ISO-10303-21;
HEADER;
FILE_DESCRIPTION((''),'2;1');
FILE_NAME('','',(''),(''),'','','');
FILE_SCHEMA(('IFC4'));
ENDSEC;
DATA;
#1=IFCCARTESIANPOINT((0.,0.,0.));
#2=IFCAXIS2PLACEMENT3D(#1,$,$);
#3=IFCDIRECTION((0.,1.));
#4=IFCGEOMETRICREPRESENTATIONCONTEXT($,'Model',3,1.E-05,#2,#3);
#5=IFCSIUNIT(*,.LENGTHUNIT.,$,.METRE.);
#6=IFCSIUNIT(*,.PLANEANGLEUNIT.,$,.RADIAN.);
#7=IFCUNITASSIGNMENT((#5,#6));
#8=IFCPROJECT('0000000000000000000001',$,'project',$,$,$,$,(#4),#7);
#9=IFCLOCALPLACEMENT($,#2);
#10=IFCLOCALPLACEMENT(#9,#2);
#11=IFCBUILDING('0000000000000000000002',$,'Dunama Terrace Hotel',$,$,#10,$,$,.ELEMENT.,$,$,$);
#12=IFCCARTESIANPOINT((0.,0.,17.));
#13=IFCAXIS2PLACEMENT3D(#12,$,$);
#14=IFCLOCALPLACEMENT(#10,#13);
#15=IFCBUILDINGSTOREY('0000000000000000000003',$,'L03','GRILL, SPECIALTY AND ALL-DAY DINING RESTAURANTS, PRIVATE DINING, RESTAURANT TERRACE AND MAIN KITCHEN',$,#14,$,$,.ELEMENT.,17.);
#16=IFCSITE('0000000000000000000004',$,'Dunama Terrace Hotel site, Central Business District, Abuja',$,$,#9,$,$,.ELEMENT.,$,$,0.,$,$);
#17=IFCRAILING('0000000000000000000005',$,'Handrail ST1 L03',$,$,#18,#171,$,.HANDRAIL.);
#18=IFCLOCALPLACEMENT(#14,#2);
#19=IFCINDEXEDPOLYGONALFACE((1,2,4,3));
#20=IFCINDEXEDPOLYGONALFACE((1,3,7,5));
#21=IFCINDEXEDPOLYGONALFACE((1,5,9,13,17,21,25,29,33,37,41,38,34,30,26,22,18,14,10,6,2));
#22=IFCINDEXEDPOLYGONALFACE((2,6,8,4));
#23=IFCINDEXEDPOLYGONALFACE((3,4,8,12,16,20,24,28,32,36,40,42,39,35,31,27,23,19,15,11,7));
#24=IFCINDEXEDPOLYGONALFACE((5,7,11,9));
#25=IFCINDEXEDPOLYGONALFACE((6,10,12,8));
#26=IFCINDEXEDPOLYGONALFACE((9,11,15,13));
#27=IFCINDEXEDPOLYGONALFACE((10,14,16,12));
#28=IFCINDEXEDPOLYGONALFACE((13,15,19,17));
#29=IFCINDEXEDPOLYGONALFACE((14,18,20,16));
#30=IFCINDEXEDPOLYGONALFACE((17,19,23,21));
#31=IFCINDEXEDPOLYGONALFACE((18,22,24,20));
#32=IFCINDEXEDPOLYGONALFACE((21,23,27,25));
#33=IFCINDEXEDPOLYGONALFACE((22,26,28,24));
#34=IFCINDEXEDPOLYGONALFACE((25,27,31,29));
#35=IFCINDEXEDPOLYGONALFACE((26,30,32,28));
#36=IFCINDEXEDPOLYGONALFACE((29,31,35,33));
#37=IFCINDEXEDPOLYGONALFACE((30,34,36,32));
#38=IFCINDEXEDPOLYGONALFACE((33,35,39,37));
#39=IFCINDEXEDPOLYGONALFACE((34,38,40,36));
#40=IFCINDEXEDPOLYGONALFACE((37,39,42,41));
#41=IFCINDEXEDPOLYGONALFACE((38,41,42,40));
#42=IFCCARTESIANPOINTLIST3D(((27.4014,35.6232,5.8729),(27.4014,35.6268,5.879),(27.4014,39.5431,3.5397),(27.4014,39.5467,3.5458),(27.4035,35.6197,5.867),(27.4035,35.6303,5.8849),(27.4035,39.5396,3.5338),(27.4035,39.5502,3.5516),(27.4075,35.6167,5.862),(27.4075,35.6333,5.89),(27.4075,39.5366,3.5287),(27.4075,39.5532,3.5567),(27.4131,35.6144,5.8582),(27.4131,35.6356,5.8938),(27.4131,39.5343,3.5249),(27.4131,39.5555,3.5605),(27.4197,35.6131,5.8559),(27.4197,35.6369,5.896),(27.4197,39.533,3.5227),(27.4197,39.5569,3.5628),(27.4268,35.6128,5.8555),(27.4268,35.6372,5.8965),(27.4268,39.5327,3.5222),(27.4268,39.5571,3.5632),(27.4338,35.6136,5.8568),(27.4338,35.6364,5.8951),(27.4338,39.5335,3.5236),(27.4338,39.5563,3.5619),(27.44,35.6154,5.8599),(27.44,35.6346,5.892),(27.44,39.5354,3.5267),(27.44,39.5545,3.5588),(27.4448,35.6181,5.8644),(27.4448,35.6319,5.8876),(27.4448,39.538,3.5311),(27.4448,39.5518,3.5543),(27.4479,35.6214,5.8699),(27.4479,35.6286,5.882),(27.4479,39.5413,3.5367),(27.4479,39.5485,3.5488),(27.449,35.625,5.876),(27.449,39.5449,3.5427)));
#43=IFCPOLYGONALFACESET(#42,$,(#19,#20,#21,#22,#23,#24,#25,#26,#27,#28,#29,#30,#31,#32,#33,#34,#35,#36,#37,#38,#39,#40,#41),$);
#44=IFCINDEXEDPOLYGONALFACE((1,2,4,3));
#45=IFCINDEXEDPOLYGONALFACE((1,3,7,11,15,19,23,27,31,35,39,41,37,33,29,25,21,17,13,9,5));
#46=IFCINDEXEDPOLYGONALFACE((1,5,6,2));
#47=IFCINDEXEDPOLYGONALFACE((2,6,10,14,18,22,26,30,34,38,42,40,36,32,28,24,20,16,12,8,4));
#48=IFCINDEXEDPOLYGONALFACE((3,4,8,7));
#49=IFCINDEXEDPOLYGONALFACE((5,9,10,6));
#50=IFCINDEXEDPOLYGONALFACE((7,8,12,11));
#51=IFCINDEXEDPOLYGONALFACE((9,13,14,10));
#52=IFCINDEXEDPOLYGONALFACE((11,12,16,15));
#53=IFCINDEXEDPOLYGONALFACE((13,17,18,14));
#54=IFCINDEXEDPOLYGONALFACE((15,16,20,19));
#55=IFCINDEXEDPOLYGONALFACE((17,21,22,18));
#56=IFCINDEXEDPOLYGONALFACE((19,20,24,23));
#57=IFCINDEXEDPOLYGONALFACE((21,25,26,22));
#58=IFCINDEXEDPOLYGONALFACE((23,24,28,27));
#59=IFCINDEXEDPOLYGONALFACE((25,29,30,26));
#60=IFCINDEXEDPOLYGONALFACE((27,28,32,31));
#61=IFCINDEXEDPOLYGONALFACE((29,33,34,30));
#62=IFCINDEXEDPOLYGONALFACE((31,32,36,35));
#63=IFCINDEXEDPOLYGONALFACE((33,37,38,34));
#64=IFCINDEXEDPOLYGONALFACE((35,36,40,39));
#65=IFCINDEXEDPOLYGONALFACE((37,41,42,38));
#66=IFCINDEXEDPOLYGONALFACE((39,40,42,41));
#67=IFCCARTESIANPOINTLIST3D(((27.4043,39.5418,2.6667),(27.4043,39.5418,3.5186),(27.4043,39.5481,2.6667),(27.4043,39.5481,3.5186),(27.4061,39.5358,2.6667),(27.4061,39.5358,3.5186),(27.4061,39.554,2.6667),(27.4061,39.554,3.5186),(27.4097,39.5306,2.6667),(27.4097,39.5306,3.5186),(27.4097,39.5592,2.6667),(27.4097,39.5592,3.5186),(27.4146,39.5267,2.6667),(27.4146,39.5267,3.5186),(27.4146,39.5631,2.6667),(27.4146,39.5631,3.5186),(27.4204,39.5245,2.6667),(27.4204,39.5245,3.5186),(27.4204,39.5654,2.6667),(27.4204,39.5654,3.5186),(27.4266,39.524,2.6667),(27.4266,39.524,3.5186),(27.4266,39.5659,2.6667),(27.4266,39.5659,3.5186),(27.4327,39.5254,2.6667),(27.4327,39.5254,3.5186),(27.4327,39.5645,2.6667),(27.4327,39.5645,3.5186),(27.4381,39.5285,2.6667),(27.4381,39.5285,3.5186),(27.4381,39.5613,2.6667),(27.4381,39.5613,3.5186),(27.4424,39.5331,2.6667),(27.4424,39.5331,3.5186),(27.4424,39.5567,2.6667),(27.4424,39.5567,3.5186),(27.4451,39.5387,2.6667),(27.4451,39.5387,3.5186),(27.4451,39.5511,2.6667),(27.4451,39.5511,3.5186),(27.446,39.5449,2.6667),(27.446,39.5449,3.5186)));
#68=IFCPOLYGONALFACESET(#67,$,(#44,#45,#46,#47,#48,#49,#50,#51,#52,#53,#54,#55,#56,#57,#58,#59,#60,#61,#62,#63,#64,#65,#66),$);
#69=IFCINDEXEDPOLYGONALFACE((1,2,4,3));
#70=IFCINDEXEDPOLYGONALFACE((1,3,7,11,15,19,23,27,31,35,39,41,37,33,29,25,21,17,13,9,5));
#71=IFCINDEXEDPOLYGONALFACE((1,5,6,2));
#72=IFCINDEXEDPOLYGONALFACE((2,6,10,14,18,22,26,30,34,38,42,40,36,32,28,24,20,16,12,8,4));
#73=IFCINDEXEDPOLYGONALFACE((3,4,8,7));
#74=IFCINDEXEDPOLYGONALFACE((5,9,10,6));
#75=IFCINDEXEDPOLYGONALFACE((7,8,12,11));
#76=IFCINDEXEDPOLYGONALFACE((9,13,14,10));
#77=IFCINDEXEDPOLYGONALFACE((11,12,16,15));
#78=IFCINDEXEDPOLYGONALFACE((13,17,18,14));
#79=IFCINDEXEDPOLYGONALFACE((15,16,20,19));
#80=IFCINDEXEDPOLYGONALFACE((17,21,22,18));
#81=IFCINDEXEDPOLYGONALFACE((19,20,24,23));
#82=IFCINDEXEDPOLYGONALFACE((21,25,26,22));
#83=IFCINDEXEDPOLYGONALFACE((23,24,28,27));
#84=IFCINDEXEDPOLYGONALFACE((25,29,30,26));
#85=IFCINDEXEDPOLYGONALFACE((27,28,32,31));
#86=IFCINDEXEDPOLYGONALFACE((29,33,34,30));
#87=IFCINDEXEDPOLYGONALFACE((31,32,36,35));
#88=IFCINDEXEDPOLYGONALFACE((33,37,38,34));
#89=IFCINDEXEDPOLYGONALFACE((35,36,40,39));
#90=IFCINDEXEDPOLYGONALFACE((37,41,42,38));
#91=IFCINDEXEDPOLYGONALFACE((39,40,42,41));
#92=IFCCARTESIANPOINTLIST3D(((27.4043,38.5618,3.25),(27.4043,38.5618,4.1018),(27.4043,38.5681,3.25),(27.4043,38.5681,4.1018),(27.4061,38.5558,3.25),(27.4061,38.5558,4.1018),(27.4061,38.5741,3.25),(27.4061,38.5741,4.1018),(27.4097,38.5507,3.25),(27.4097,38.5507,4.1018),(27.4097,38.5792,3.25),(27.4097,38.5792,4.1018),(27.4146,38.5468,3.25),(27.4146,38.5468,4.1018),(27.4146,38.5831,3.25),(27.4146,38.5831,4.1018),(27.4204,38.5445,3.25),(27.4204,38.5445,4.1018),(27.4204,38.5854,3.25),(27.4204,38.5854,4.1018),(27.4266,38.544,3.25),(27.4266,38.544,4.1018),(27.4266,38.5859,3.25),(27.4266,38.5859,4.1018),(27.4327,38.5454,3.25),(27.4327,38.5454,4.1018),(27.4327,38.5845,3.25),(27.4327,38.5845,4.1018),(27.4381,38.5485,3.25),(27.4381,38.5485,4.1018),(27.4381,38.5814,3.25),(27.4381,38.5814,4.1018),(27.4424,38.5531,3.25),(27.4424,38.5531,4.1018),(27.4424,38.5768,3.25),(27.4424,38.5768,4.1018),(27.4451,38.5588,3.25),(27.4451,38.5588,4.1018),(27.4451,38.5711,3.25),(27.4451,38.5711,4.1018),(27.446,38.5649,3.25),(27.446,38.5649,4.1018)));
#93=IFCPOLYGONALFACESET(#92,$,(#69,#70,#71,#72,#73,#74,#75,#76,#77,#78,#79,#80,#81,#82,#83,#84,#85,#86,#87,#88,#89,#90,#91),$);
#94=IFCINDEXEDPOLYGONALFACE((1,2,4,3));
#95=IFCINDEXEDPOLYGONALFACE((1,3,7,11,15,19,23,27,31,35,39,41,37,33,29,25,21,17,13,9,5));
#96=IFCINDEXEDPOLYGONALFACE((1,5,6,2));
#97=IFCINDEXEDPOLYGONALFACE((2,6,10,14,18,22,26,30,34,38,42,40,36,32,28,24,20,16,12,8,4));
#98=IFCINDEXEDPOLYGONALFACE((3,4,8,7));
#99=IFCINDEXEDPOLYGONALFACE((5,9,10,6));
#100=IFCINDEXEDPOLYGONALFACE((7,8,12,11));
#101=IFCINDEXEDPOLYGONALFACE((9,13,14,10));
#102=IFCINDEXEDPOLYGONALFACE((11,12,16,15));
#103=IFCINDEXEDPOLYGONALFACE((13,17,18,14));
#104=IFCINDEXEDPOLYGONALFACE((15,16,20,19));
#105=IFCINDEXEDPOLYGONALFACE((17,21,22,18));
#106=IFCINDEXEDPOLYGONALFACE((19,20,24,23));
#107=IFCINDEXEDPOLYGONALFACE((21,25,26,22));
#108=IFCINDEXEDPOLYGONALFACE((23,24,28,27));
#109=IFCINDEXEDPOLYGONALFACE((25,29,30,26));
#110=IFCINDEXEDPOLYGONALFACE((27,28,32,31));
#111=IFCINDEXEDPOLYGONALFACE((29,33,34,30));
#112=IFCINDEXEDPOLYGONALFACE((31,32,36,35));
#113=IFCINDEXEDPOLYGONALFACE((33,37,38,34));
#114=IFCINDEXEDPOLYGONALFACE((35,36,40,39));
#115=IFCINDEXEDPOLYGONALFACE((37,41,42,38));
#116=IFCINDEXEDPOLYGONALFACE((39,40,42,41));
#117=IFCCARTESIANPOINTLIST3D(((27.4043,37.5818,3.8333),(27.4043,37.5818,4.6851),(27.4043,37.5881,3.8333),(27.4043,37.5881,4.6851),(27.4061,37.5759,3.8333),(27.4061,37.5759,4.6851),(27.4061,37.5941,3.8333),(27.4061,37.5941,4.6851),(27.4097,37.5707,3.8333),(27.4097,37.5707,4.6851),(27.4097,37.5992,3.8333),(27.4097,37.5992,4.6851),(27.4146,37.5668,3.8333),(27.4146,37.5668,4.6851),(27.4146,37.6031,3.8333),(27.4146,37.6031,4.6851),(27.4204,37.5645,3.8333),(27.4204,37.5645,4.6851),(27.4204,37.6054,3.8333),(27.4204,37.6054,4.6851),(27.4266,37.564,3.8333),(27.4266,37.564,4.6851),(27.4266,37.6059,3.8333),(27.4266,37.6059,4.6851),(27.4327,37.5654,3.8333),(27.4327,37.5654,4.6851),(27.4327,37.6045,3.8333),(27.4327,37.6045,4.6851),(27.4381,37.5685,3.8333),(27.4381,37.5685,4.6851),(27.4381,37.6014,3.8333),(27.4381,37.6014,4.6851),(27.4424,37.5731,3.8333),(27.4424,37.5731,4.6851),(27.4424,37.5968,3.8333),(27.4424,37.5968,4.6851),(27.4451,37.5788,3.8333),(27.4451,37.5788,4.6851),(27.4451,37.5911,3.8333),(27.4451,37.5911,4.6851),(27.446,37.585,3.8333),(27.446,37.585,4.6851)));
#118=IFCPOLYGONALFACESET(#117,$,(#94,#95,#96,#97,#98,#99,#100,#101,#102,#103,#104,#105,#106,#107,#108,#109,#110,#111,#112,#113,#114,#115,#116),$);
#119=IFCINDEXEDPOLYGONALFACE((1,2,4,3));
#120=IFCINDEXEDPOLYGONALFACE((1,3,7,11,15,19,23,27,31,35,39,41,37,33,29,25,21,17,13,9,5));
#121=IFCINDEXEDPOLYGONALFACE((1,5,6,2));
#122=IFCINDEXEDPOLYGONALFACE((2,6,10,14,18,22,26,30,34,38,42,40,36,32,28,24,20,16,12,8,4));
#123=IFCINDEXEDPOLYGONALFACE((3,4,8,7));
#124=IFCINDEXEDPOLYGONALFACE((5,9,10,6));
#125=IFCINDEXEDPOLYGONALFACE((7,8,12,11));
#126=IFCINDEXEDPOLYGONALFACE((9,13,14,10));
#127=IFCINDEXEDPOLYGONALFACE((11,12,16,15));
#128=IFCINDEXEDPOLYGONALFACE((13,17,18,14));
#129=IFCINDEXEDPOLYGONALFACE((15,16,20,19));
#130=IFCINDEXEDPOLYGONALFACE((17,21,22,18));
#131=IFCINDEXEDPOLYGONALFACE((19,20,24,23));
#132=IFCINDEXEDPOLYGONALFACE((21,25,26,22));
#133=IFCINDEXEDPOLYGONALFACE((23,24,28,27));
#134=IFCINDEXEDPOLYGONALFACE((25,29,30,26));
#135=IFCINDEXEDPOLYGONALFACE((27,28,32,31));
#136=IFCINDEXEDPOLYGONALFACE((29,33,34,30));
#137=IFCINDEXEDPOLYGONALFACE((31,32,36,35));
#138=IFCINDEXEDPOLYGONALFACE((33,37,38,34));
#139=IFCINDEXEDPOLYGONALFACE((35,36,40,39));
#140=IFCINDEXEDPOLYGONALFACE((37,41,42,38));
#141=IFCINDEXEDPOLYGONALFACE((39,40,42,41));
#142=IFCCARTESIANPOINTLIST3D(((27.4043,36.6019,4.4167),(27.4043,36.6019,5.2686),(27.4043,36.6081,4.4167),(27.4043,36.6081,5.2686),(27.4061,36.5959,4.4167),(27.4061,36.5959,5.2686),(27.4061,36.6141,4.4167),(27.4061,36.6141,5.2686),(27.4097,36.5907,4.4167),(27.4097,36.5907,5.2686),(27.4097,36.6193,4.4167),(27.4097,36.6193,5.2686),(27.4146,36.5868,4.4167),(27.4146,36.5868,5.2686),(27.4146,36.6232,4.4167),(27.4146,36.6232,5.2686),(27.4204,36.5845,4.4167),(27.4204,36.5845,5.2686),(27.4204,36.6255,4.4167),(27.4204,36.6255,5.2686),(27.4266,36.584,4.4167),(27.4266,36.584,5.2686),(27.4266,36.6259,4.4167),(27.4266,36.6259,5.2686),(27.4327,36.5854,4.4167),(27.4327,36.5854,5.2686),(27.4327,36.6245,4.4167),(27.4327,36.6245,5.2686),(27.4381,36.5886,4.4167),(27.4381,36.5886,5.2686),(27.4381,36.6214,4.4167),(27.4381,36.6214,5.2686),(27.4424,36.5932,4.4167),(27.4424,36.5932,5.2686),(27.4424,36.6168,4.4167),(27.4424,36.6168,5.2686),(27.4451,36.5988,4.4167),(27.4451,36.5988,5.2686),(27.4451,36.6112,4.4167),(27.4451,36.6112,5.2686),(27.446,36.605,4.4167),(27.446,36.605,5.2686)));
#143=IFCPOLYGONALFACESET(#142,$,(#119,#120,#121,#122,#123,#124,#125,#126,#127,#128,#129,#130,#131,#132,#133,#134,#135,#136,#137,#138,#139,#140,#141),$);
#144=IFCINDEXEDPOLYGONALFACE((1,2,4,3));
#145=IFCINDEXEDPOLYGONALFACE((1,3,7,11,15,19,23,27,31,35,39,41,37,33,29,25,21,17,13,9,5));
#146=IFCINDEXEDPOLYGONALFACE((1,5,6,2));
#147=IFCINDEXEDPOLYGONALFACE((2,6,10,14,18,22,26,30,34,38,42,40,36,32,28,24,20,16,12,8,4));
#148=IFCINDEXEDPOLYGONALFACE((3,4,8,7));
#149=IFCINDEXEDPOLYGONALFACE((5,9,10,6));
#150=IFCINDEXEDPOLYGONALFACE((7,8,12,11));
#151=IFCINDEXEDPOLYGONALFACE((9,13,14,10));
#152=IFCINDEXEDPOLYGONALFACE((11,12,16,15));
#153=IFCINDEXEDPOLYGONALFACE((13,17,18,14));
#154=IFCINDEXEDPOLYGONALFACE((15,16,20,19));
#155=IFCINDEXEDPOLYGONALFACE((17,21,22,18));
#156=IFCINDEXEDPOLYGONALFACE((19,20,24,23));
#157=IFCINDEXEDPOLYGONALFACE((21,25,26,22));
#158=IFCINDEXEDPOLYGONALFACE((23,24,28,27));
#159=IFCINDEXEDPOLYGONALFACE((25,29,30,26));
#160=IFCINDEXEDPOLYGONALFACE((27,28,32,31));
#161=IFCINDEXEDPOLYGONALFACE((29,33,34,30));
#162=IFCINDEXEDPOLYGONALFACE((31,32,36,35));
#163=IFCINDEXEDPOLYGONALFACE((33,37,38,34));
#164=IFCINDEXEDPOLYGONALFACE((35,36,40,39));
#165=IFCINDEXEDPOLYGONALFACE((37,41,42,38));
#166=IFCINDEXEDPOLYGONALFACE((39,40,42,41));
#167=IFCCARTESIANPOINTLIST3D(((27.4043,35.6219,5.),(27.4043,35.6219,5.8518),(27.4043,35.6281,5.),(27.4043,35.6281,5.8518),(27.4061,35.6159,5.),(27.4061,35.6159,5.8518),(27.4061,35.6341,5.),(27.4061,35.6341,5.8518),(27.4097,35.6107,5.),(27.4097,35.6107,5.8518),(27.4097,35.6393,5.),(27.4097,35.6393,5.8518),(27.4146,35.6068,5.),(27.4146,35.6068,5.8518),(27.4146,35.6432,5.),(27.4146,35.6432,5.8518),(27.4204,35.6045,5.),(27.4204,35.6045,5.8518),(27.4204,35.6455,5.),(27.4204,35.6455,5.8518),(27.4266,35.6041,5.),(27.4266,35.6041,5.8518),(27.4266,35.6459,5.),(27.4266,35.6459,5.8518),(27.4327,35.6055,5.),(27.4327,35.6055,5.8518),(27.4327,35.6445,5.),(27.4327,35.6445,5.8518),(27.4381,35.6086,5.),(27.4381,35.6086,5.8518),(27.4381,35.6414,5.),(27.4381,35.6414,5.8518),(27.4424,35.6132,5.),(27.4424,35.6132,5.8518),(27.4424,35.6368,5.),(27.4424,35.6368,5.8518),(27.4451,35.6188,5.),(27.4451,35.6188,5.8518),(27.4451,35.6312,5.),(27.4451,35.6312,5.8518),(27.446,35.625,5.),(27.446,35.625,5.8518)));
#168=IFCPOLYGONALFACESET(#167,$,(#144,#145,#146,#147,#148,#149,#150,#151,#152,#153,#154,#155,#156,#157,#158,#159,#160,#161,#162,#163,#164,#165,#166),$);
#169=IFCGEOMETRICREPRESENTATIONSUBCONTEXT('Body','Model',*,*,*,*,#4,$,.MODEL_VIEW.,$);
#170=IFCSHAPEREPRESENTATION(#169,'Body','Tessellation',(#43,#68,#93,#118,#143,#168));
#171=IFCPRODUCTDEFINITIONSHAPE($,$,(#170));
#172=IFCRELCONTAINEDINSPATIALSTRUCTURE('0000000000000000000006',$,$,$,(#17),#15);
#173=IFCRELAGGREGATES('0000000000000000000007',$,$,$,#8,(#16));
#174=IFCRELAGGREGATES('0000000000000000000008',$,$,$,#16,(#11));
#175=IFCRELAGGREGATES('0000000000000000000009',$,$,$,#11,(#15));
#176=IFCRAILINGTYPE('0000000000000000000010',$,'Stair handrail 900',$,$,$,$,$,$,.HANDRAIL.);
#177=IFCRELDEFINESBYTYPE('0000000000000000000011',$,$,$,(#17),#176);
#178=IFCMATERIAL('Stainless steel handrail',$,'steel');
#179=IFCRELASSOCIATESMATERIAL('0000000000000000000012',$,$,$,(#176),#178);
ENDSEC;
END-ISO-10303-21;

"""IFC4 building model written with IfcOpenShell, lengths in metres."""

from ifc_helpers import new_model, si_unit, direction, frame, origin, origin_2d, place, context, subcontext, project, spatial, circle, extrude, material, type_object, element, save


model = new_model("IFC4")

# Units and contexts
model_context = context("Model", 3, precision=1e-05, world=origin(), true_north=direction((0.0, 1.0)))
body_context = subcontext(model_context, "Body", "Model", "MODEL_VIEW")
ifc_project = project(units=[si_unit("LENGTHUNIT", "METRE"), si_unit("PLANEANGLEUNIT", "RADIAN")], contexts=[model_context])

# Site, building, storey
site_placement = place(None, origin())
site = spatial("IfcSite", under=ifc_project, at=site_placement, Name="Dunama Terrace Hotel site, Central Business District, Abuja", CompositionType="ELEMENT", RefElevation=0.0)
building_placement = place(site_placement, origin())
building = spatial("IfcBuilding", under=site, at=building_placement, Name="Dunama Terrace Hotel", CompositionType="ELEMENT")
storey_placement = place(building_placement, frame((0.0, 0.0, 17.0)))
storey = spatial("IfcBuildingStorey", under=building, at=storey_placement, Name="L03", Description="GRILL, SPECIALTY AND ALL-DAY DINING RESTAURANTS, PRIVATE DINING, RESTAURANT TERRACE AND MAIN KITCHEN", CompositionType="ELEMENT", Elevation=17.0)

# Railing
ifc_material_1 = material(Name="Stainless steel handrail", Category="steel")
railing_type_1 = type_object("IfcRailingType", Name="Stair handrail 900", PredefinedType="HANDRAIL", material=ifc_material_1)
railing_1_placement = place(storey_placement, frame((27.425, 39.5449, 2.6667)))
element("IfcRailing", 1, at=railing_1_placement, inside=storey, type_object=railing_type_1, Name="Handrail ST1 L03", PredefinedType="HANDRAIL", context=body_context, shape_type="SweptSolid", body=[
    extrude(circle(Radius=0.0239, at=origin_2d()), frame((0.0, 0.0, 0.876), z_axis=(0.0, -0.859296, 0.511478), x_axis=(1.0, 0.0, 0.0)), (0.0, 0.0, 1.0), 4.5618),
    extrude(circle(Radius=0.021, at=origin_2d()), origin(), (0.0, 0.0, 1.0), 0.8518),
    extrude(circle(Radius=0.021, at=origin_2d()), frame((0.0, -0.98, 0.5833)), (0.0, 0.0, 1.0), 0.8518),
    extrude(circle(Radius=0.021, at=origin_2d()), frame((0.0, -1.96, 1.1665)), (0.0, 0.0, 1.0), 0.8518),
    extrude(circle(Radius=0.021, at=origin_2d()), frame((0.0, -2.9399, 1.75)), (0.0, 0.0, 1.0), 0.8518),
    extrude(circle(Radius=0.021, at=origin_2d()), frame((0.0, -3.9199, 2.3333)), (0.0, 0.0, 1.0), 0.8518),
])

save(model, "model.ifc")
